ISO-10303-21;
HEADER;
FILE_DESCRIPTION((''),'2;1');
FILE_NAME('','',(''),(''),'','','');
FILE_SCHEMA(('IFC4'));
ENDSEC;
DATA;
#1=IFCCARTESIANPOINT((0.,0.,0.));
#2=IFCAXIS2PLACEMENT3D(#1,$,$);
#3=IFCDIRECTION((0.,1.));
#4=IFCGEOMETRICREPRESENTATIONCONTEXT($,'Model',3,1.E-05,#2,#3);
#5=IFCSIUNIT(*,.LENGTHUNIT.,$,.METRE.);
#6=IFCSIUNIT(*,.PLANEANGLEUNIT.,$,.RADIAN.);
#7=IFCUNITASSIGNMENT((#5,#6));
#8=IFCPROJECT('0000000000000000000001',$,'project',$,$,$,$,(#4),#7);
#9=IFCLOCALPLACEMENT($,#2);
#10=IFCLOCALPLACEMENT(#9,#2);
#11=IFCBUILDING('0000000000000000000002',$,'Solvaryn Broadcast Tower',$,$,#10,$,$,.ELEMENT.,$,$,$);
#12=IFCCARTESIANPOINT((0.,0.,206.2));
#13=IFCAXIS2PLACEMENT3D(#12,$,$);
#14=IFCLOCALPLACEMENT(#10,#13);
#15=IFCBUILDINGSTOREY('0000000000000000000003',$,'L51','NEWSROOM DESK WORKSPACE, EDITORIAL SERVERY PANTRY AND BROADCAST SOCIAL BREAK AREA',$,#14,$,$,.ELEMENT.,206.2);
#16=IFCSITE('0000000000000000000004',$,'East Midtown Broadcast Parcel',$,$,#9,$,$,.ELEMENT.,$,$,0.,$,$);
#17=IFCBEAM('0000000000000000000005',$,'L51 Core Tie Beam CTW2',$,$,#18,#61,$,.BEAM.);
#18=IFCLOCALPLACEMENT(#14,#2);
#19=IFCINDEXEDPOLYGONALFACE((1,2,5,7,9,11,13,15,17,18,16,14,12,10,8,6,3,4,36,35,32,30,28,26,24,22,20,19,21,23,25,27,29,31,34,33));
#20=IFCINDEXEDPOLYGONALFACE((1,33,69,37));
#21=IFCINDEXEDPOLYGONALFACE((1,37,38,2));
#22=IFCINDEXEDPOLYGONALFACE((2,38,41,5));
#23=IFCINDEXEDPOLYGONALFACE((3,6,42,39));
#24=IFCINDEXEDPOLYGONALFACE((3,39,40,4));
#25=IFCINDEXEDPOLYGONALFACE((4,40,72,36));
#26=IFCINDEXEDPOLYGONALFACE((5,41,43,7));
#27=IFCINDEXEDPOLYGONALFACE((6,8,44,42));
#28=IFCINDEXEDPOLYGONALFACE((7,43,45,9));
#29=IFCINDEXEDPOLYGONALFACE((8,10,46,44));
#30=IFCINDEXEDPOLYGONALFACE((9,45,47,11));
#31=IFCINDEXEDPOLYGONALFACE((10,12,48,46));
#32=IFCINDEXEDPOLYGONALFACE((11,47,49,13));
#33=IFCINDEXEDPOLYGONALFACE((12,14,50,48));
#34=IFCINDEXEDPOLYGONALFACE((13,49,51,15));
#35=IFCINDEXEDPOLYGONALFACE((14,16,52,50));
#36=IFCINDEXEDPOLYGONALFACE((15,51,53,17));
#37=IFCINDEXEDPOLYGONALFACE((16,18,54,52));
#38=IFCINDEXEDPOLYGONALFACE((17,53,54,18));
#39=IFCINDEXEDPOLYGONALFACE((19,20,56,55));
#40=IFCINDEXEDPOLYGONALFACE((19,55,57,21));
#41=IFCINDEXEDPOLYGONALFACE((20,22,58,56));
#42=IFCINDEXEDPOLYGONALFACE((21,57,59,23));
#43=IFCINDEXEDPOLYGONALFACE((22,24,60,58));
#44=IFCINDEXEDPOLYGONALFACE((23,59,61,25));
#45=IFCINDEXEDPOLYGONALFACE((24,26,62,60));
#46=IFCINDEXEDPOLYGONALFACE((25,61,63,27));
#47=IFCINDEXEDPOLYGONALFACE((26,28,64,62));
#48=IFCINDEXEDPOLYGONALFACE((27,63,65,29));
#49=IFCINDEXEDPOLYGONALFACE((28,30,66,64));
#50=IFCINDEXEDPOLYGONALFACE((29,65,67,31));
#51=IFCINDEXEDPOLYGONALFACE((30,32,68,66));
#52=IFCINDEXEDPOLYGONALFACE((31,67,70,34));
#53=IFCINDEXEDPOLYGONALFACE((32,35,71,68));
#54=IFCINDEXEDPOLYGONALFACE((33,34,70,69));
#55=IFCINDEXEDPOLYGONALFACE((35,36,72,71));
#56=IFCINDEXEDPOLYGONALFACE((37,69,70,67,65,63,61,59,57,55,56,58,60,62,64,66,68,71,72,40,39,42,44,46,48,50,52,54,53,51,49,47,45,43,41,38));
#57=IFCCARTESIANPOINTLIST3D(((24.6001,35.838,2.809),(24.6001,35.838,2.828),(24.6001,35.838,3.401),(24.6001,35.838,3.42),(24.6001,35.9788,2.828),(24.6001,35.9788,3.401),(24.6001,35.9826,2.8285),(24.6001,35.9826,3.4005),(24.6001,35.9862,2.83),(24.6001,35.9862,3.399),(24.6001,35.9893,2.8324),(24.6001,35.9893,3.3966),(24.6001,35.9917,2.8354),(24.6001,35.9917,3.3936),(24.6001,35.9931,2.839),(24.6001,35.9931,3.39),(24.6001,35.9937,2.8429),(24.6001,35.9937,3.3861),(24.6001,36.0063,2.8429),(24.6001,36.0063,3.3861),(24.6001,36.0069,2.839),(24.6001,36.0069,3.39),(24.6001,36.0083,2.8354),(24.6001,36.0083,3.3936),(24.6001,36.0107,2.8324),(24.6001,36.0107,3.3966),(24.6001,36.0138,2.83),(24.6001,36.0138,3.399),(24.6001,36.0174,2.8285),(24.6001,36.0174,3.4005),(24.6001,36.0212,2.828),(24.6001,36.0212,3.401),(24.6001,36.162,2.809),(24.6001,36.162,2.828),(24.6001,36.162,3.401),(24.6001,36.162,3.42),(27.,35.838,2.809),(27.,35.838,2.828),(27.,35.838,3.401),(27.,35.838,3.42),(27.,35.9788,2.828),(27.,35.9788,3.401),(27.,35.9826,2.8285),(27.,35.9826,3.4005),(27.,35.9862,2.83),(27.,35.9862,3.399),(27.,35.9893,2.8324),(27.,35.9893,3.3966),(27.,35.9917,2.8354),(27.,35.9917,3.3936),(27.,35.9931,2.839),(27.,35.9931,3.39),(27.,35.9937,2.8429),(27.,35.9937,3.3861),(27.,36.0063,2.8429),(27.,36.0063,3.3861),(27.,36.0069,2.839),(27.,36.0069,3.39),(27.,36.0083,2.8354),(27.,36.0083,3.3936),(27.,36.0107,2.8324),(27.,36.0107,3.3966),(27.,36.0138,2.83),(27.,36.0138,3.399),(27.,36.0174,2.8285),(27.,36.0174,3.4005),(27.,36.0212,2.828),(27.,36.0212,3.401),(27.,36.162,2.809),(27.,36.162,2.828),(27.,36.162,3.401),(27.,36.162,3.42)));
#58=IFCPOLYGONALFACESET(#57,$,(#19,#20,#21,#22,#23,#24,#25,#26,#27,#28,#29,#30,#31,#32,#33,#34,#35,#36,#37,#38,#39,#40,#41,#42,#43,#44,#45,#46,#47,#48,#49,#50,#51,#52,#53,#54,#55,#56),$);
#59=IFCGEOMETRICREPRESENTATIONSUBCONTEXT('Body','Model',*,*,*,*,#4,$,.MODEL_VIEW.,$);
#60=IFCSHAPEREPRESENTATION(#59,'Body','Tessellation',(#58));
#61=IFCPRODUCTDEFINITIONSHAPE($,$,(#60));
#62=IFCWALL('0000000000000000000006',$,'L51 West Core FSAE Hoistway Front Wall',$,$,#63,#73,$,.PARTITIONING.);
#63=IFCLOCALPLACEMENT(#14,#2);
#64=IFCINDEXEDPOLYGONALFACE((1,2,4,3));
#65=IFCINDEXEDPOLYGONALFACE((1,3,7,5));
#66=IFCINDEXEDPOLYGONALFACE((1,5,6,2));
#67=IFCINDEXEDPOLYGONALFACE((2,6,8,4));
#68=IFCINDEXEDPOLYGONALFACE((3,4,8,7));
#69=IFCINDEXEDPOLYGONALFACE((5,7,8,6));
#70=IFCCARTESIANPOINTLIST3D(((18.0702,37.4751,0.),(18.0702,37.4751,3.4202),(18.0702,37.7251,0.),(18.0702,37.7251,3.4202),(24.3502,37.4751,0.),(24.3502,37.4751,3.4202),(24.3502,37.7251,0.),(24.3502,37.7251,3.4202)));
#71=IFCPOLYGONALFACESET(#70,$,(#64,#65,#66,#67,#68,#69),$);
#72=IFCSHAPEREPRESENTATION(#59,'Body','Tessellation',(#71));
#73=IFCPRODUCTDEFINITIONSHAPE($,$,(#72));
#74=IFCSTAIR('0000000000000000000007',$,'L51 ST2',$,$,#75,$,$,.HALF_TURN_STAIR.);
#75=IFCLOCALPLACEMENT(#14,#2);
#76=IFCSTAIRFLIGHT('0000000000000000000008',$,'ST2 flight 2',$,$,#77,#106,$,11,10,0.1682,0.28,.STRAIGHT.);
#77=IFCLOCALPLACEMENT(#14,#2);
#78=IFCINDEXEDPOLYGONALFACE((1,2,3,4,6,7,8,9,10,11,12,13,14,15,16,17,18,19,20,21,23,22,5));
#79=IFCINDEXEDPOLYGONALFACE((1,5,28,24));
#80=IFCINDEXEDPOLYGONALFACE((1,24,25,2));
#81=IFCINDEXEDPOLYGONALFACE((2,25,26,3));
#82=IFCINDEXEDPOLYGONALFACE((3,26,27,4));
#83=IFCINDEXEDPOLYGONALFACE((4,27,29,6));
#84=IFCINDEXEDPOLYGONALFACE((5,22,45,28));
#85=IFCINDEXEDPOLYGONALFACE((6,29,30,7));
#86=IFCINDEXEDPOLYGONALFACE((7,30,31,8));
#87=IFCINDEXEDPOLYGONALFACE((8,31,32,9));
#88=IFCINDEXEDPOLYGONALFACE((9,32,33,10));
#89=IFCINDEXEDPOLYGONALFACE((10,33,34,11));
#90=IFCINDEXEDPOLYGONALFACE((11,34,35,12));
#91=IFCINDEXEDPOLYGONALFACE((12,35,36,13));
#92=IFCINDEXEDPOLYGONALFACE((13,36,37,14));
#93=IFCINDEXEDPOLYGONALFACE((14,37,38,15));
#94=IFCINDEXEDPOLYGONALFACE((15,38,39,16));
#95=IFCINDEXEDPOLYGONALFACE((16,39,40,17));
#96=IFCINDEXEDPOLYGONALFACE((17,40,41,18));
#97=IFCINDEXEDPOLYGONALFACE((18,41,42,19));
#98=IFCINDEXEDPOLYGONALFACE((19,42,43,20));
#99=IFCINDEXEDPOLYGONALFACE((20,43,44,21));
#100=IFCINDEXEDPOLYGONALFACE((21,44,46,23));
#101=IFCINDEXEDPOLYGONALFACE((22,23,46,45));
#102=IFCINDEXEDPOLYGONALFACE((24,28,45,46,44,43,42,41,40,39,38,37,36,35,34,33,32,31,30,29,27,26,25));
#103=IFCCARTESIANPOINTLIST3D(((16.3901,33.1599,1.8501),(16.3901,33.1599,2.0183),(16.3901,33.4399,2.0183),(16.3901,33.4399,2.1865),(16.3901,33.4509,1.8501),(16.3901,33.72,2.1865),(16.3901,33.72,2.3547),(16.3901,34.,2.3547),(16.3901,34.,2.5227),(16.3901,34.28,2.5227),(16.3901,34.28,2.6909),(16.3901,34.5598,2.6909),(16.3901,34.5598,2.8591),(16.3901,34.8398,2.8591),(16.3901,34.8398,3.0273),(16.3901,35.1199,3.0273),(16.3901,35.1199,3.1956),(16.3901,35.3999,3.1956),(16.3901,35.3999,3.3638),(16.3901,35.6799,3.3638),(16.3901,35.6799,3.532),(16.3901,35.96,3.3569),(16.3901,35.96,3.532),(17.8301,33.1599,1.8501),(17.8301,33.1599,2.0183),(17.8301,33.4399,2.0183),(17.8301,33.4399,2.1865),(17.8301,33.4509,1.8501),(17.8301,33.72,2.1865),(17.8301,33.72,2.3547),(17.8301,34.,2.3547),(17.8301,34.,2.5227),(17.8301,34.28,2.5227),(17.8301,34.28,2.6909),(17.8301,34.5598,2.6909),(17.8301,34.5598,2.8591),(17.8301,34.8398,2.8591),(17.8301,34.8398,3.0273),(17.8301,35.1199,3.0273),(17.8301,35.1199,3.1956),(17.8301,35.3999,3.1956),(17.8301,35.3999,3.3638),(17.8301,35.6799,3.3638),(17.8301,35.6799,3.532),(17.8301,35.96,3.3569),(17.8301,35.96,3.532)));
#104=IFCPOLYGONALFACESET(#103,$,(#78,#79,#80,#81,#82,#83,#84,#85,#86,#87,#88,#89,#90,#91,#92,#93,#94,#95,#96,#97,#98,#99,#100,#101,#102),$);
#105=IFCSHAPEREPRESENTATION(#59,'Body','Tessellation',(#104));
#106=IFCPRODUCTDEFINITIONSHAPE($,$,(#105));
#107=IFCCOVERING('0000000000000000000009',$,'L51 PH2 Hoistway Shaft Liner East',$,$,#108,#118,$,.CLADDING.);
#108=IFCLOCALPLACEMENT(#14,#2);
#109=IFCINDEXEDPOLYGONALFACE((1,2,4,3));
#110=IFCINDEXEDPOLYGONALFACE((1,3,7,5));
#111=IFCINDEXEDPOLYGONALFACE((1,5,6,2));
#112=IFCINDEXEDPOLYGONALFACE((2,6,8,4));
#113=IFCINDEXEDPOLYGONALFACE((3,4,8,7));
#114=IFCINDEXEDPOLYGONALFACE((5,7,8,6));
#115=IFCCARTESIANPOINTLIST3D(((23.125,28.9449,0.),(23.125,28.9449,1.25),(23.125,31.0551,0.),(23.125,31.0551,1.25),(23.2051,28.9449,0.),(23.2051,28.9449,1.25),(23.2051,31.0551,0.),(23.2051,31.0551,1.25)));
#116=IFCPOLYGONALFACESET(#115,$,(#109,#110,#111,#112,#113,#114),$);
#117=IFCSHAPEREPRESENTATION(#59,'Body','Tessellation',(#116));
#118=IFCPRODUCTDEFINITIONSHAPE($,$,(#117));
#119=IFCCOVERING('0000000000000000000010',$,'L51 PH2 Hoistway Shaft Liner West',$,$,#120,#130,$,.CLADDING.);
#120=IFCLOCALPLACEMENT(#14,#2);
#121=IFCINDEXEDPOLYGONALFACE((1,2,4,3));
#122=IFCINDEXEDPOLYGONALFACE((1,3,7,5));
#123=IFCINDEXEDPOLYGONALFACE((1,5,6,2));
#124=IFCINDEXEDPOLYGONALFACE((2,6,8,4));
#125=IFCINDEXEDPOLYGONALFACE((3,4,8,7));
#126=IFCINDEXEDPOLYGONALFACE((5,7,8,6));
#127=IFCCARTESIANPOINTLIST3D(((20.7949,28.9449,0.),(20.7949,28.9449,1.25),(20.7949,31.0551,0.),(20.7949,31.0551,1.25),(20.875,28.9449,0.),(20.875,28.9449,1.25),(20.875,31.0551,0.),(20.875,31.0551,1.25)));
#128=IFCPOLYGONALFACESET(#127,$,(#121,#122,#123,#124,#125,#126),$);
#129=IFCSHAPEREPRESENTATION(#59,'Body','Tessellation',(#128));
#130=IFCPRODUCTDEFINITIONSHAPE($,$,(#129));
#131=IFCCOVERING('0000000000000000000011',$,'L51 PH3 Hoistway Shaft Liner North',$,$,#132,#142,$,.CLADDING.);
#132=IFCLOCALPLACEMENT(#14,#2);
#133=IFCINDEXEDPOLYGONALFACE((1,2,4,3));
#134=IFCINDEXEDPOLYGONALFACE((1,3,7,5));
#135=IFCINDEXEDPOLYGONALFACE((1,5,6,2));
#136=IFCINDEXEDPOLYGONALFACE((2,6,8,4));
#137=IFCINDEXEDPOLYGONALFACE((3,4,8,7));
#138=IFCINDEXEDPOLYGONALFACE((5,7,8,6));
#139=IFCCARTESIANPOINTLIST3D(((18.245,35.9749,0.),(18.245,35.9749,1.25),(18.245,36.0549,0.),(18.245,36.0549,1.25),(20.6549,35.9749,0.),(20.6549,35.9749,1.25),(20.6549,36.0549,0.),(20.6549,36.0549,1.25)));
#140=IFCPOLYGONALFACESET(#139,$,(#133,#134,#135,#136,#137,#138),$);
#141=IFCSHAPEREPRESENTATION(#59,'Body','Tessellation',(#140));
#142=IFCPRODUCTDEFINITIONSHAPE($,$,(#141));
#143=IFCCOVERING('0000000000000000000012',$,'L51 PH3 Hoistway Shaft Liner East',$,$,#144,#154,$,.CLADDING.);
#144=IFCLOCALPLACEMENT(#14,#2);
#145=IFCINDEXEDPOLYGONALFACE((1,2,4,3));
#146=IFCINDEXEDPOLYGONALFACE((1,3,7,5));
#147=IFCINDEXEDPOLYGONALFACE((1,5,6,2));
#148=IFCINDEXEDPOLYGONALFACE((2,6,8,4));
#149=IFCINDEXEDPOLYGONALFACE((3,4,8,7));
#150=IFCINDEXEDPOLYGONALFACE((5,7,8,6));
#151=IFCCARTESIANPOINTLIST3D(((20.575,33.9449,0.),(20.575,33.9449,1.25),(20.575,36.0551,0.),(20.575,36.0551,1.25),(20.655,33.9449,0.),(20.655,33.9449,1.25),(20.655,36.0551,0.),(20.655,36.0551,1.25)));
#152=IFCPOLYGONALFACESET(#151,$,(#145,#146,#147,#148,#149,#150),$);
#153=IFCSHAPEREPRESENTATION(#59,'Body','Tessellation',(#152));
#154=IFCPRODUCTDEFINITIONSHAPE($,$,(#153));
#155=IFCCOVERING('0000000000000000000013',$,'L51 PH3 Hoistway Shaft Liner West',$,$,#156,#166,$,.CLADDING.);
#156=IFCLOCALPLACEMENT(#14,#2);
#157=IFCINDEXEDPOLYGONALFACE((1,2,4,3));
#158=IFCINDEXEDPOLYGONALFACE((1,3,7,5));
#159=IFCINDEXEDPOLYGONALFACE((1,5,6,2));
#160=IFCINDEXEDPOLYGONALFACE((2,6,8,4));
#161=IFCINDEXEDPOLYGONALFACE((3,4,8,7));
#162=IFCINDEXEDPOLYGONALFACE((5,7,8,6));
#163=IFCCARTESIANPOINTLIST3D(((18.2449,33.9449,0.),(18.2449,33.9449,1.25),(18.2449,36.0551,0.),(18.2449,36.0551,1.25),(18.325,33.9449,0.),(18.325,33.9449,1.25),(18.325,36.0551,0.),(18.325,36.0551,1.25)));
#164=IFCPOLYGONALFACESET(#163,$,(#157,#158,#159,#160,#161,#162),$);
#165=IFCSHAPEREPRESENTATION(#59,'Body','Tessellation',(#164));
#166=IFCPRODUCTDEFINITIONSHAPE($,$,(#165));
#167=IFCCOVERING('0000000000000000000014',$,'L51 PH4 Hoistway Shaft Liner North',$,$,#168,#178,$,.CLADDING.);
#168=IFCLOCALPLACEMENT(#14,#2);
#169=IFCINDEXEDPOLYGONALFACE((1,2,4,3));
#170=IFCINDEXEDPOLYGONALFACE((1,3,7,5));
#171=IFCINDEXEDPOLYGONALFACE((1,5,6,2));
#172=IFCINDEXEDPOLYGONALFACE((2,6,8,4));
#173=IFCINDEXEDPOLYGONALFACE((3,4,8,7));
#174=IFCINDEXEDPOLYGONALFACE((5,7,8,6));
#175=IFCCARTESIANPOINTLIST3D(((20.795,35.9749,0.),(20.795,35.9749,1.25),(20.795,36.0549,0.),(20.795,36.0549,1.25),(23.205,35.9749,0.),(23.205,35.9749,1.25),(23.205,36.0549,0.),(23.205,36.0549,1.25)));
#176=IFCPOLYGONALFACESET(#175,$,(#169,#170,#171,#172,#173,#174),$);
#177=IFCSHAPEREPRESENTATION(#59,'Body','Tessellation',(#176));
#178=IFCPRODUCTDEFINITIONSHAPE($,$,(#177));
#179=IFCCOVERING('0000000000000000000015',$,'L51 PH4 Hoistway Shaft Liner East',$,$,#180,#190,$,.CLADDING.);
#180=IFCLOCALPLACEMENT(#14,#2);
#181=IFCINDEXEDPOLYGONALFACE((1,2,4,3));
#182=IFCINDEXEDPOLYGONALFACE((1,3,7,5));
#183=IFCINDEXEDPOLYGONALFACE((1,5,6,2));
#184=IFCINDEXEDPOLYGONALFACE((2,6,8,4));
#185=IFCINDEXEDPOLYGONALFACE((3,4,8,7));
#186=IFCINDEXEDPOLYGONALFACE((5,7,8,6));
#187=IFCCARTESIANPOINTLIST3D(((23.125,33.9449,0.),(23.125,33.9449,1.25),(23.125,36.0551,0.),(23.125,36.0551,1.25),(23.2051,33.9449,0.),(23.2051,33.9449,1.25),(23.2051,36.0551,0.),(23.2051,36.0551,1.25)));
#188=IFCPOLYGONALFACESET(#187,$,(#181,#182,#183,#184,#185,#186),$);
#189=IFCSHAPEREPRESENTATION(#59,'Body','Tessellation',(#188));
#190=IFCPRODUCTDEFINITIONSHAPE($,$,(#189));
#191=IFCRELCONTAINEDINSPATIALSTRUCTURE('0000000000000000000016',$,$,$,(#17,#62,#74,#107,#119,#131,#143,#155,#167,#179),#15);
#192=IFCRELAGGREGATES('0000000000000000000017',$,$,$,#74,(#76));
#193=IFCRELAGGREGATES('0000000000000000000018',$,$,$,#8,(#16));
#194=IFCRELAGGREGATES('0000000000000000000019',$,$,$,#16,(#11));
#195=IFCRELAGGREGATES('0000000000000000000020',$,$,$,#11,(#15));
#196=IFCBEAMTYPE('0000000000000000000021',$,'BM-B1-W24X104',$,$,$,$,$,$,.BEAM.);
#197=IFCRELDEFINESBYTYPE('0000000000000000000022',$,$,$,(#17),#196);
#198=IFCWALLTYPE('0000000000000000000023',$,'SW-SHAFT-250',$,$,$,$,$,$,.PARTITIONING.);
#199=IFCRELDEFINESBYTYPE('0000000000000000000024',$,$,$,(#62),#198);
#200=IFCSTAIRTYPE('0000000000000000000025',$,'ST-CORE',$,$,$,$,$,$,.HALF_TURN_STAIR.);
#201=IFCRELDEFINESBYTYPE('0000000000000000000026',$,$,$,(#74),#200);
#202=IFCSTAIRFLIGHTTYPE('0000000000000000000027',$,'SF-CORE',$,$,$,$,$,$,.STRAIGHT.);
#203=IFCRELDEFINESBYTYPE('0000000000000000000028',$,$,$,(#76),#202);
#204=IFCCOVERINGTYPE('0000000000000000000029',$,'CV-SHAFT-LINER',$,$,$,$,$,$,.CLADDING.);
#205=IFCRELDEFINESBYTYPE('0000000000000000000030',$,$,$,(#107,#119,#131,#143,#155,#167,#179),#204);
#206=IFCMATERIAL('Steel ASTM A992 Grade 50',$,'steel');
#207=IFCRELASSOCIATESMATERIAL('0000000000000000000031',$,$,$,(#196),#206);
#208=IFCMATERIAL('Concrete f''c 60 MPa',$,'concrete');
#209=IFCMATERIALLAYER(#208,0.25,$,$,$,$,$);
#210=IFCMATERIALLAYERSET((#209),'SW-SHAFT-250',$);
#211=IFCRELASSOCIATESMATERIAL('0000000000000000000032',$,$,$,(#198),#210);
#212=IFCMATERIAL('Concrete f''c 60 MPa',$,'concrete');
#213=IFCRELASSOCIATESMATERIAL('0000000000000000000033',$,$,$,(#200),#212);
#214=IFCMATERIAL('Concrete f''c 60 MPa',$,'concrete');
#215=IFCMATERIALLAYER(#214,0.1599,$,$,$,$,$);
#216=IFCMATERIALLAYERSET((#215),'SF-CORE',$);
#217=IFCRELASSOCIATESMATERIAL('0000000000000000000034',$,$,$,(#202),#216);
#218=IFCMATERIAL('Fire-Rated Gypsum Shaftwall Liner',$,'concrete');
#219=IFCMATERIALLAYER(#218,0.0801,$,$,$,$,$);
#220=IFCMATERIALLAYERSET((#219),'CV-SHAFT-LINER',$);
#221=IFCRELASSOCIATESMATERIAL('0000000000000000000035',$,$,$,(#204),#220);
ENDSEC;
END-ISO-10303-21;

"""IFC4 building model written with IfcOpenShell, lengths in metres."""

from ifc_helpers import new_model, si_unit, direction, frame, frame_2d, origin, origin_2d, place, context, subcontext, project, spatial, polyline, rectangle, i_section, outline, extrude, material, layer, layer_set, material_profile, profile_set, type_object, element, aggregate, save


model = new_model("IFC4")

# Units and contexts
model_context = context("Model", 3, precision=1e-05, world=origin(), true_north=direction((0.0, 1.0)))
body_context = subcontext(model_context, "Body", "Model", "MODEL_VIEW")
ifc_project = project(units=[si_unit("LENGTHUNIT", "METRE"), si_unit("PLANEANGLEUNIT", "RADIAN")], contexts=[model_context])

# Site, building, storey
site_placement = place(None, origin())
site = spatial("IfcSite", under=ifc_project, at=site_placement, Name="East Midtown Broadcast Parcel", CompositionType="ELEMENT", RefElevation=0.0)
building_placement = place(site_placement, origin())
building = spatial("IfcBuilding", under=site, at=building_placement, Name="Solvaryn Broadcast Tower", CompositionType="ELEMENT")
storey_placement = place(building_placement, frame((0.0, 0.0, 206.2)))
storey = spatial("IfcBuildingStorey", under=building, at=storey_placement, Name="L51", Description="NEWSROOM DESK WORKSPACE, EDITORIAL SERVERY PANTRY AND BROADCAST SOCIAL BREAK AREA", CompositionType="ELEMENT", Elevation=206.2)

# Beam
ifc_material_1 = material(Name="Steel ASTM A992 Grade 50", Category="steel")
ifc_material_profile = material_profile(ifc_material_1, i_section(OverallWidth=0.324, OverallDepth=0.6111, WebThickness=0.0127, FlangeThickness=0.019, FilletRadius=0.0149, at=origin_2d()))
ifc_profile_set = profile_set([ifc_material_profile], Name="Steel ASTM A992 Grade 50")
beam_type = type_object("IfcBeamType", Name="BM-B1-W24X104", PredefinedType="BEAM", material=ifc_profile_set)
beam_placement = place(storey_placement, frame((24.6001, 36.0, 3.1145), z_axis=(1.0, 0.0, 0.0), x_axis=(0.0, 1.0, 0.0)))
element("IfcBeam", 1, at=beam_placement, inside=storey, type_object=beam_type, Name="L51 Core Tie Beam CTW2", PredefinedType="BEAM", context=body_context, shape_type="SweptSolid", body=[
    extrude(i_section(OverallWidth=0.324, OverallDepth=0.6111, WebThickness=0.0127, FlangeThickness=0.019, FilletRadius=0.0149, at=origin_2d()), origin(), (0.0, 0.0, 1.0), 2.3999),
])

# Wall
ifc_material_2 = material(Name="Concrete f'c 60 MPa", Category="concrete")
ifc_layer_1 = layer(ifc_material_2, 0.25)
ifc_layer_set_1 = layer_set([ifc_layer_1], Name="SW-SHAFT-250")
wall_type_1 = type_object("IfcWallType", Name="SW-SHAFT-250", PredefinedType="PARTITIONING", material=ifc_layer_set_1)
wall_1_placement = place(storey_placement, frame((18.0701, 37.6001, 0.0), z_axis=(0.0, 0.0, 1.0), x_axis=(1.0, 0.0, 0.0)))
element("IfcWall", 2, at=wall_1_placement, inside=storey, type_object=wall_type_1, Name="L51 West Core FSAE Hoistway Front Wall", PredefinedType="PARTITIONING", context=body_context, shape_type="SweptSolid", body=[
    extrude(rectangle(XDim=6.28, YDim=0.25, at=frame_2d((3.1401, 0.0))), origin(), (0.0, 0.0, 1.0), 3.4202),
])

# Stair, stair flight
ifc_material_3 = material(Name="Concrete f'c 60 MPa", Category="concrete")
stair_type = type_object("IfcStairType", Name="ST-CORE", PredefinedType="HALF_TURN_STAIR", material=ifc_material_3)
stair_placement = place(storey_placement, origin())
stair = element("IfcStair", 3, at=stair_placement, inside=storey, type_object=stair_type, Name="L51 ST2", PredefinedType="HALF_TURN_STAIR")
ifc_material_4 = material(Name="Concrete f'c 60 MPa", Category="concrete")
ifc_layer_2 = layer(ifc_material_4, 0.1599)
ifc_layer_set_2 = layer_set([ifc_layer_2], Name="SF-CORE")
stair_flight_type = type_object("IfcStairFlightType", Name="SF-CORE", PredefinedType="STRAIGHT", material=ifc_layer_set_2)
stair_flight_placement = place(storey_placement, frame((17.1101, 33.1599, 1.8501), z_axis=(0.0, 0.0, 1.0), x_axis=(0.0, 1.0, 0.0)))
stair_flight = element("IfcStairFlight", 4, at=stair_flight_placement, type_object=stair_flight_type, Name="ST2 flight 2", NumberOfRisers=11, NumberOfTreads=10, PredefinedType="STRAIGHT", RiserHeight=0.1682, TreadLength=0.28, context=body_context, shape_type="SweptSolid", body=[
    extrude(outline(polyline([(0.0, 0.0), (0.0, 0.1682), (0.28, 0.1682), (0.28, 0.3364), (0.5601, 0.3364), (0.5601, 0.5046), (0.8401, 0.5046), (0.8401, 0.6726), (1.1201, 0.6726), (1.1201, 0.8408), (1.3999, 0.8408), (1.3999, 1.009), (1.6799, 1.009), (1.6799, 1.1772), (1.96, 1.1772), (1.96, 1.3455), (2.24, 1.3455), (2.24, 1.5137), (2.52, 1.5137), (2.52, 1.6819), (2.8, 1.6819), (2.8, 1.8501), (2.8, 1.5068), (0.291, 0.0), (0.0, 0.0)])), frame((0.0, 0.72, 0.0), z_axis=(0.0, -1.0, 0.0), x_axis=(1.0, 0.0, 0.0)), (0.0, 0.0, 1.0), 1.4399),
])
aggregate(stair, [stair_flight])

# Coverings
ifc_material_5 = material(Name="Fire-Rated Gypsum Shaftwall Liner", Category="concrete")
ifc_layer_3 = layer(ifc_material_5, 0.0801)
ifc_layer_set_3 = layer_set([ifc_layer_3], Name="CV-SHAFT-LINER")
covering_type = type_object("IfcCoveringType", Name="CV-SHAFT-LINER", PredefinedType="CLADDING", material=ifc_layer_set_3)
for number, where, z_axis, x_axis, name in (
    (5, (23.165, 30.0, 0.0), (0.0, 0.0, 1.0), (1.0, 0.0, 0.0), "L51 PH2 Hoistway Shaft Liner East"),
    (6, (20.835, 30.0, 0.0), (0.0, 0.0, 1.0), (1.0, 0.0, 0.0), "L51 PH2 Hoistway Shaft Liner West"),
):
    element("IfcCovering", number, at=place(storey_placement, frame(where, z_axis=z_axis, x_axis=x_axis)), inside=storey, type_object=covering_type, Name=name, PredefinedType="CLADDING", context=body_context, shape_type="SweptSolid", body=[
        extrude(rectangle(XDim=0.0801, YDim=2.1101, at=origin_2d()), origin(), (0.0, 0.0, 1.0), 1.25),
    ])
covering_1_placement = place(storey_placement, frame((19.45, 36.0149, 0.0), z_axis=(0.0, 0.0, 1.0), x_axis=(1.0, 0.0, 0.0)))
element("IfcCovering", 7, at=covering_1_placement, inside=storey, type_object=covering_type, Name="L51 PH3 Hoistway Shaft Liner North", PredefinedType="CLADDING", context=body_context, shape_type="SweptSolid", body=[
    extrude(rectangle(XDim=2.4099, YDim=0.0801, at=origin_2d()), origin(), (0.0, 0.0, 1.0), 1.25),
])
for number, where, z_axis, x_axis, name in (
    (8, (20.615, 35.0, 0.0), (0.0, 0.0, 1.0), (1.0, 0.0, 0.0), "L51 PH3 Hoistway Shaft Liner East"),
    (9, (18.2849, 35.0, 0.0), (0.0, 0.0, 1.0), (1.0, 0.0, 0.0), "L51 PH3 Hoistway Shaft Liner West"),
):
    element("IfcCovering", number, at=place(storey_placement, frame(where, z_axis=z_axis, x_axis=x_axis)), inside=storey, type_object=covering_type, Name=name, PredefinedType="CLADDING", context=body_context, shape_type="SweptSolid", body=[
        extrude(rectangle(XDim=0.0801, YDim=2.1101, at=origin_2d()), origin(), (0.0, 0.0, 1.0), 1.25),
    ])
covering_2_placement = place(storey_placement, frame((22.0, 36.0149, 0.0), z_axis=(0.0, 0.0, 1.0), x_axis=(1.0, 0.0, 0.0)))
element("IfcCovering", 10, at=covering_2_placement, inside=storey, type_object=covering_type, Name="L51 PH4 Hoistway Shaft Liner North", PredefinedType="CLADDING", context=body_context, shape_type="SweptSolid", body=[
    extrude(rectangle(XDim=2.4099, YDim=0.0801, at=origin_2d()), origin(), (0.0, 0.0, 1.0), 1.25),
])
for number, where, z_axis, x_axis, name in (
    (11, (23.165, 35.0, 0.0), (0.0, 0.0, 1.0), (1.0, 0.0, 0.0), "L51 PH4 Hoistway Shaft Liner East"),
):
    element("IfcCovering", number, at=place(storey_placement, frame(where, z_axis=z_axis, x_axis=x_axis)), inside=storey, type_object=covering_type, Name=name, PredefinedType="CLADDING", context=body_context, shape_type="SweptSolid", body=[
        extrude(rectangle(XDim=0.0801, YDim=2.1101, at=origin_2d()), origin(), (0.0, 0.0, 1.0), 1.25),
    ])

save(model, "model.ifc")
